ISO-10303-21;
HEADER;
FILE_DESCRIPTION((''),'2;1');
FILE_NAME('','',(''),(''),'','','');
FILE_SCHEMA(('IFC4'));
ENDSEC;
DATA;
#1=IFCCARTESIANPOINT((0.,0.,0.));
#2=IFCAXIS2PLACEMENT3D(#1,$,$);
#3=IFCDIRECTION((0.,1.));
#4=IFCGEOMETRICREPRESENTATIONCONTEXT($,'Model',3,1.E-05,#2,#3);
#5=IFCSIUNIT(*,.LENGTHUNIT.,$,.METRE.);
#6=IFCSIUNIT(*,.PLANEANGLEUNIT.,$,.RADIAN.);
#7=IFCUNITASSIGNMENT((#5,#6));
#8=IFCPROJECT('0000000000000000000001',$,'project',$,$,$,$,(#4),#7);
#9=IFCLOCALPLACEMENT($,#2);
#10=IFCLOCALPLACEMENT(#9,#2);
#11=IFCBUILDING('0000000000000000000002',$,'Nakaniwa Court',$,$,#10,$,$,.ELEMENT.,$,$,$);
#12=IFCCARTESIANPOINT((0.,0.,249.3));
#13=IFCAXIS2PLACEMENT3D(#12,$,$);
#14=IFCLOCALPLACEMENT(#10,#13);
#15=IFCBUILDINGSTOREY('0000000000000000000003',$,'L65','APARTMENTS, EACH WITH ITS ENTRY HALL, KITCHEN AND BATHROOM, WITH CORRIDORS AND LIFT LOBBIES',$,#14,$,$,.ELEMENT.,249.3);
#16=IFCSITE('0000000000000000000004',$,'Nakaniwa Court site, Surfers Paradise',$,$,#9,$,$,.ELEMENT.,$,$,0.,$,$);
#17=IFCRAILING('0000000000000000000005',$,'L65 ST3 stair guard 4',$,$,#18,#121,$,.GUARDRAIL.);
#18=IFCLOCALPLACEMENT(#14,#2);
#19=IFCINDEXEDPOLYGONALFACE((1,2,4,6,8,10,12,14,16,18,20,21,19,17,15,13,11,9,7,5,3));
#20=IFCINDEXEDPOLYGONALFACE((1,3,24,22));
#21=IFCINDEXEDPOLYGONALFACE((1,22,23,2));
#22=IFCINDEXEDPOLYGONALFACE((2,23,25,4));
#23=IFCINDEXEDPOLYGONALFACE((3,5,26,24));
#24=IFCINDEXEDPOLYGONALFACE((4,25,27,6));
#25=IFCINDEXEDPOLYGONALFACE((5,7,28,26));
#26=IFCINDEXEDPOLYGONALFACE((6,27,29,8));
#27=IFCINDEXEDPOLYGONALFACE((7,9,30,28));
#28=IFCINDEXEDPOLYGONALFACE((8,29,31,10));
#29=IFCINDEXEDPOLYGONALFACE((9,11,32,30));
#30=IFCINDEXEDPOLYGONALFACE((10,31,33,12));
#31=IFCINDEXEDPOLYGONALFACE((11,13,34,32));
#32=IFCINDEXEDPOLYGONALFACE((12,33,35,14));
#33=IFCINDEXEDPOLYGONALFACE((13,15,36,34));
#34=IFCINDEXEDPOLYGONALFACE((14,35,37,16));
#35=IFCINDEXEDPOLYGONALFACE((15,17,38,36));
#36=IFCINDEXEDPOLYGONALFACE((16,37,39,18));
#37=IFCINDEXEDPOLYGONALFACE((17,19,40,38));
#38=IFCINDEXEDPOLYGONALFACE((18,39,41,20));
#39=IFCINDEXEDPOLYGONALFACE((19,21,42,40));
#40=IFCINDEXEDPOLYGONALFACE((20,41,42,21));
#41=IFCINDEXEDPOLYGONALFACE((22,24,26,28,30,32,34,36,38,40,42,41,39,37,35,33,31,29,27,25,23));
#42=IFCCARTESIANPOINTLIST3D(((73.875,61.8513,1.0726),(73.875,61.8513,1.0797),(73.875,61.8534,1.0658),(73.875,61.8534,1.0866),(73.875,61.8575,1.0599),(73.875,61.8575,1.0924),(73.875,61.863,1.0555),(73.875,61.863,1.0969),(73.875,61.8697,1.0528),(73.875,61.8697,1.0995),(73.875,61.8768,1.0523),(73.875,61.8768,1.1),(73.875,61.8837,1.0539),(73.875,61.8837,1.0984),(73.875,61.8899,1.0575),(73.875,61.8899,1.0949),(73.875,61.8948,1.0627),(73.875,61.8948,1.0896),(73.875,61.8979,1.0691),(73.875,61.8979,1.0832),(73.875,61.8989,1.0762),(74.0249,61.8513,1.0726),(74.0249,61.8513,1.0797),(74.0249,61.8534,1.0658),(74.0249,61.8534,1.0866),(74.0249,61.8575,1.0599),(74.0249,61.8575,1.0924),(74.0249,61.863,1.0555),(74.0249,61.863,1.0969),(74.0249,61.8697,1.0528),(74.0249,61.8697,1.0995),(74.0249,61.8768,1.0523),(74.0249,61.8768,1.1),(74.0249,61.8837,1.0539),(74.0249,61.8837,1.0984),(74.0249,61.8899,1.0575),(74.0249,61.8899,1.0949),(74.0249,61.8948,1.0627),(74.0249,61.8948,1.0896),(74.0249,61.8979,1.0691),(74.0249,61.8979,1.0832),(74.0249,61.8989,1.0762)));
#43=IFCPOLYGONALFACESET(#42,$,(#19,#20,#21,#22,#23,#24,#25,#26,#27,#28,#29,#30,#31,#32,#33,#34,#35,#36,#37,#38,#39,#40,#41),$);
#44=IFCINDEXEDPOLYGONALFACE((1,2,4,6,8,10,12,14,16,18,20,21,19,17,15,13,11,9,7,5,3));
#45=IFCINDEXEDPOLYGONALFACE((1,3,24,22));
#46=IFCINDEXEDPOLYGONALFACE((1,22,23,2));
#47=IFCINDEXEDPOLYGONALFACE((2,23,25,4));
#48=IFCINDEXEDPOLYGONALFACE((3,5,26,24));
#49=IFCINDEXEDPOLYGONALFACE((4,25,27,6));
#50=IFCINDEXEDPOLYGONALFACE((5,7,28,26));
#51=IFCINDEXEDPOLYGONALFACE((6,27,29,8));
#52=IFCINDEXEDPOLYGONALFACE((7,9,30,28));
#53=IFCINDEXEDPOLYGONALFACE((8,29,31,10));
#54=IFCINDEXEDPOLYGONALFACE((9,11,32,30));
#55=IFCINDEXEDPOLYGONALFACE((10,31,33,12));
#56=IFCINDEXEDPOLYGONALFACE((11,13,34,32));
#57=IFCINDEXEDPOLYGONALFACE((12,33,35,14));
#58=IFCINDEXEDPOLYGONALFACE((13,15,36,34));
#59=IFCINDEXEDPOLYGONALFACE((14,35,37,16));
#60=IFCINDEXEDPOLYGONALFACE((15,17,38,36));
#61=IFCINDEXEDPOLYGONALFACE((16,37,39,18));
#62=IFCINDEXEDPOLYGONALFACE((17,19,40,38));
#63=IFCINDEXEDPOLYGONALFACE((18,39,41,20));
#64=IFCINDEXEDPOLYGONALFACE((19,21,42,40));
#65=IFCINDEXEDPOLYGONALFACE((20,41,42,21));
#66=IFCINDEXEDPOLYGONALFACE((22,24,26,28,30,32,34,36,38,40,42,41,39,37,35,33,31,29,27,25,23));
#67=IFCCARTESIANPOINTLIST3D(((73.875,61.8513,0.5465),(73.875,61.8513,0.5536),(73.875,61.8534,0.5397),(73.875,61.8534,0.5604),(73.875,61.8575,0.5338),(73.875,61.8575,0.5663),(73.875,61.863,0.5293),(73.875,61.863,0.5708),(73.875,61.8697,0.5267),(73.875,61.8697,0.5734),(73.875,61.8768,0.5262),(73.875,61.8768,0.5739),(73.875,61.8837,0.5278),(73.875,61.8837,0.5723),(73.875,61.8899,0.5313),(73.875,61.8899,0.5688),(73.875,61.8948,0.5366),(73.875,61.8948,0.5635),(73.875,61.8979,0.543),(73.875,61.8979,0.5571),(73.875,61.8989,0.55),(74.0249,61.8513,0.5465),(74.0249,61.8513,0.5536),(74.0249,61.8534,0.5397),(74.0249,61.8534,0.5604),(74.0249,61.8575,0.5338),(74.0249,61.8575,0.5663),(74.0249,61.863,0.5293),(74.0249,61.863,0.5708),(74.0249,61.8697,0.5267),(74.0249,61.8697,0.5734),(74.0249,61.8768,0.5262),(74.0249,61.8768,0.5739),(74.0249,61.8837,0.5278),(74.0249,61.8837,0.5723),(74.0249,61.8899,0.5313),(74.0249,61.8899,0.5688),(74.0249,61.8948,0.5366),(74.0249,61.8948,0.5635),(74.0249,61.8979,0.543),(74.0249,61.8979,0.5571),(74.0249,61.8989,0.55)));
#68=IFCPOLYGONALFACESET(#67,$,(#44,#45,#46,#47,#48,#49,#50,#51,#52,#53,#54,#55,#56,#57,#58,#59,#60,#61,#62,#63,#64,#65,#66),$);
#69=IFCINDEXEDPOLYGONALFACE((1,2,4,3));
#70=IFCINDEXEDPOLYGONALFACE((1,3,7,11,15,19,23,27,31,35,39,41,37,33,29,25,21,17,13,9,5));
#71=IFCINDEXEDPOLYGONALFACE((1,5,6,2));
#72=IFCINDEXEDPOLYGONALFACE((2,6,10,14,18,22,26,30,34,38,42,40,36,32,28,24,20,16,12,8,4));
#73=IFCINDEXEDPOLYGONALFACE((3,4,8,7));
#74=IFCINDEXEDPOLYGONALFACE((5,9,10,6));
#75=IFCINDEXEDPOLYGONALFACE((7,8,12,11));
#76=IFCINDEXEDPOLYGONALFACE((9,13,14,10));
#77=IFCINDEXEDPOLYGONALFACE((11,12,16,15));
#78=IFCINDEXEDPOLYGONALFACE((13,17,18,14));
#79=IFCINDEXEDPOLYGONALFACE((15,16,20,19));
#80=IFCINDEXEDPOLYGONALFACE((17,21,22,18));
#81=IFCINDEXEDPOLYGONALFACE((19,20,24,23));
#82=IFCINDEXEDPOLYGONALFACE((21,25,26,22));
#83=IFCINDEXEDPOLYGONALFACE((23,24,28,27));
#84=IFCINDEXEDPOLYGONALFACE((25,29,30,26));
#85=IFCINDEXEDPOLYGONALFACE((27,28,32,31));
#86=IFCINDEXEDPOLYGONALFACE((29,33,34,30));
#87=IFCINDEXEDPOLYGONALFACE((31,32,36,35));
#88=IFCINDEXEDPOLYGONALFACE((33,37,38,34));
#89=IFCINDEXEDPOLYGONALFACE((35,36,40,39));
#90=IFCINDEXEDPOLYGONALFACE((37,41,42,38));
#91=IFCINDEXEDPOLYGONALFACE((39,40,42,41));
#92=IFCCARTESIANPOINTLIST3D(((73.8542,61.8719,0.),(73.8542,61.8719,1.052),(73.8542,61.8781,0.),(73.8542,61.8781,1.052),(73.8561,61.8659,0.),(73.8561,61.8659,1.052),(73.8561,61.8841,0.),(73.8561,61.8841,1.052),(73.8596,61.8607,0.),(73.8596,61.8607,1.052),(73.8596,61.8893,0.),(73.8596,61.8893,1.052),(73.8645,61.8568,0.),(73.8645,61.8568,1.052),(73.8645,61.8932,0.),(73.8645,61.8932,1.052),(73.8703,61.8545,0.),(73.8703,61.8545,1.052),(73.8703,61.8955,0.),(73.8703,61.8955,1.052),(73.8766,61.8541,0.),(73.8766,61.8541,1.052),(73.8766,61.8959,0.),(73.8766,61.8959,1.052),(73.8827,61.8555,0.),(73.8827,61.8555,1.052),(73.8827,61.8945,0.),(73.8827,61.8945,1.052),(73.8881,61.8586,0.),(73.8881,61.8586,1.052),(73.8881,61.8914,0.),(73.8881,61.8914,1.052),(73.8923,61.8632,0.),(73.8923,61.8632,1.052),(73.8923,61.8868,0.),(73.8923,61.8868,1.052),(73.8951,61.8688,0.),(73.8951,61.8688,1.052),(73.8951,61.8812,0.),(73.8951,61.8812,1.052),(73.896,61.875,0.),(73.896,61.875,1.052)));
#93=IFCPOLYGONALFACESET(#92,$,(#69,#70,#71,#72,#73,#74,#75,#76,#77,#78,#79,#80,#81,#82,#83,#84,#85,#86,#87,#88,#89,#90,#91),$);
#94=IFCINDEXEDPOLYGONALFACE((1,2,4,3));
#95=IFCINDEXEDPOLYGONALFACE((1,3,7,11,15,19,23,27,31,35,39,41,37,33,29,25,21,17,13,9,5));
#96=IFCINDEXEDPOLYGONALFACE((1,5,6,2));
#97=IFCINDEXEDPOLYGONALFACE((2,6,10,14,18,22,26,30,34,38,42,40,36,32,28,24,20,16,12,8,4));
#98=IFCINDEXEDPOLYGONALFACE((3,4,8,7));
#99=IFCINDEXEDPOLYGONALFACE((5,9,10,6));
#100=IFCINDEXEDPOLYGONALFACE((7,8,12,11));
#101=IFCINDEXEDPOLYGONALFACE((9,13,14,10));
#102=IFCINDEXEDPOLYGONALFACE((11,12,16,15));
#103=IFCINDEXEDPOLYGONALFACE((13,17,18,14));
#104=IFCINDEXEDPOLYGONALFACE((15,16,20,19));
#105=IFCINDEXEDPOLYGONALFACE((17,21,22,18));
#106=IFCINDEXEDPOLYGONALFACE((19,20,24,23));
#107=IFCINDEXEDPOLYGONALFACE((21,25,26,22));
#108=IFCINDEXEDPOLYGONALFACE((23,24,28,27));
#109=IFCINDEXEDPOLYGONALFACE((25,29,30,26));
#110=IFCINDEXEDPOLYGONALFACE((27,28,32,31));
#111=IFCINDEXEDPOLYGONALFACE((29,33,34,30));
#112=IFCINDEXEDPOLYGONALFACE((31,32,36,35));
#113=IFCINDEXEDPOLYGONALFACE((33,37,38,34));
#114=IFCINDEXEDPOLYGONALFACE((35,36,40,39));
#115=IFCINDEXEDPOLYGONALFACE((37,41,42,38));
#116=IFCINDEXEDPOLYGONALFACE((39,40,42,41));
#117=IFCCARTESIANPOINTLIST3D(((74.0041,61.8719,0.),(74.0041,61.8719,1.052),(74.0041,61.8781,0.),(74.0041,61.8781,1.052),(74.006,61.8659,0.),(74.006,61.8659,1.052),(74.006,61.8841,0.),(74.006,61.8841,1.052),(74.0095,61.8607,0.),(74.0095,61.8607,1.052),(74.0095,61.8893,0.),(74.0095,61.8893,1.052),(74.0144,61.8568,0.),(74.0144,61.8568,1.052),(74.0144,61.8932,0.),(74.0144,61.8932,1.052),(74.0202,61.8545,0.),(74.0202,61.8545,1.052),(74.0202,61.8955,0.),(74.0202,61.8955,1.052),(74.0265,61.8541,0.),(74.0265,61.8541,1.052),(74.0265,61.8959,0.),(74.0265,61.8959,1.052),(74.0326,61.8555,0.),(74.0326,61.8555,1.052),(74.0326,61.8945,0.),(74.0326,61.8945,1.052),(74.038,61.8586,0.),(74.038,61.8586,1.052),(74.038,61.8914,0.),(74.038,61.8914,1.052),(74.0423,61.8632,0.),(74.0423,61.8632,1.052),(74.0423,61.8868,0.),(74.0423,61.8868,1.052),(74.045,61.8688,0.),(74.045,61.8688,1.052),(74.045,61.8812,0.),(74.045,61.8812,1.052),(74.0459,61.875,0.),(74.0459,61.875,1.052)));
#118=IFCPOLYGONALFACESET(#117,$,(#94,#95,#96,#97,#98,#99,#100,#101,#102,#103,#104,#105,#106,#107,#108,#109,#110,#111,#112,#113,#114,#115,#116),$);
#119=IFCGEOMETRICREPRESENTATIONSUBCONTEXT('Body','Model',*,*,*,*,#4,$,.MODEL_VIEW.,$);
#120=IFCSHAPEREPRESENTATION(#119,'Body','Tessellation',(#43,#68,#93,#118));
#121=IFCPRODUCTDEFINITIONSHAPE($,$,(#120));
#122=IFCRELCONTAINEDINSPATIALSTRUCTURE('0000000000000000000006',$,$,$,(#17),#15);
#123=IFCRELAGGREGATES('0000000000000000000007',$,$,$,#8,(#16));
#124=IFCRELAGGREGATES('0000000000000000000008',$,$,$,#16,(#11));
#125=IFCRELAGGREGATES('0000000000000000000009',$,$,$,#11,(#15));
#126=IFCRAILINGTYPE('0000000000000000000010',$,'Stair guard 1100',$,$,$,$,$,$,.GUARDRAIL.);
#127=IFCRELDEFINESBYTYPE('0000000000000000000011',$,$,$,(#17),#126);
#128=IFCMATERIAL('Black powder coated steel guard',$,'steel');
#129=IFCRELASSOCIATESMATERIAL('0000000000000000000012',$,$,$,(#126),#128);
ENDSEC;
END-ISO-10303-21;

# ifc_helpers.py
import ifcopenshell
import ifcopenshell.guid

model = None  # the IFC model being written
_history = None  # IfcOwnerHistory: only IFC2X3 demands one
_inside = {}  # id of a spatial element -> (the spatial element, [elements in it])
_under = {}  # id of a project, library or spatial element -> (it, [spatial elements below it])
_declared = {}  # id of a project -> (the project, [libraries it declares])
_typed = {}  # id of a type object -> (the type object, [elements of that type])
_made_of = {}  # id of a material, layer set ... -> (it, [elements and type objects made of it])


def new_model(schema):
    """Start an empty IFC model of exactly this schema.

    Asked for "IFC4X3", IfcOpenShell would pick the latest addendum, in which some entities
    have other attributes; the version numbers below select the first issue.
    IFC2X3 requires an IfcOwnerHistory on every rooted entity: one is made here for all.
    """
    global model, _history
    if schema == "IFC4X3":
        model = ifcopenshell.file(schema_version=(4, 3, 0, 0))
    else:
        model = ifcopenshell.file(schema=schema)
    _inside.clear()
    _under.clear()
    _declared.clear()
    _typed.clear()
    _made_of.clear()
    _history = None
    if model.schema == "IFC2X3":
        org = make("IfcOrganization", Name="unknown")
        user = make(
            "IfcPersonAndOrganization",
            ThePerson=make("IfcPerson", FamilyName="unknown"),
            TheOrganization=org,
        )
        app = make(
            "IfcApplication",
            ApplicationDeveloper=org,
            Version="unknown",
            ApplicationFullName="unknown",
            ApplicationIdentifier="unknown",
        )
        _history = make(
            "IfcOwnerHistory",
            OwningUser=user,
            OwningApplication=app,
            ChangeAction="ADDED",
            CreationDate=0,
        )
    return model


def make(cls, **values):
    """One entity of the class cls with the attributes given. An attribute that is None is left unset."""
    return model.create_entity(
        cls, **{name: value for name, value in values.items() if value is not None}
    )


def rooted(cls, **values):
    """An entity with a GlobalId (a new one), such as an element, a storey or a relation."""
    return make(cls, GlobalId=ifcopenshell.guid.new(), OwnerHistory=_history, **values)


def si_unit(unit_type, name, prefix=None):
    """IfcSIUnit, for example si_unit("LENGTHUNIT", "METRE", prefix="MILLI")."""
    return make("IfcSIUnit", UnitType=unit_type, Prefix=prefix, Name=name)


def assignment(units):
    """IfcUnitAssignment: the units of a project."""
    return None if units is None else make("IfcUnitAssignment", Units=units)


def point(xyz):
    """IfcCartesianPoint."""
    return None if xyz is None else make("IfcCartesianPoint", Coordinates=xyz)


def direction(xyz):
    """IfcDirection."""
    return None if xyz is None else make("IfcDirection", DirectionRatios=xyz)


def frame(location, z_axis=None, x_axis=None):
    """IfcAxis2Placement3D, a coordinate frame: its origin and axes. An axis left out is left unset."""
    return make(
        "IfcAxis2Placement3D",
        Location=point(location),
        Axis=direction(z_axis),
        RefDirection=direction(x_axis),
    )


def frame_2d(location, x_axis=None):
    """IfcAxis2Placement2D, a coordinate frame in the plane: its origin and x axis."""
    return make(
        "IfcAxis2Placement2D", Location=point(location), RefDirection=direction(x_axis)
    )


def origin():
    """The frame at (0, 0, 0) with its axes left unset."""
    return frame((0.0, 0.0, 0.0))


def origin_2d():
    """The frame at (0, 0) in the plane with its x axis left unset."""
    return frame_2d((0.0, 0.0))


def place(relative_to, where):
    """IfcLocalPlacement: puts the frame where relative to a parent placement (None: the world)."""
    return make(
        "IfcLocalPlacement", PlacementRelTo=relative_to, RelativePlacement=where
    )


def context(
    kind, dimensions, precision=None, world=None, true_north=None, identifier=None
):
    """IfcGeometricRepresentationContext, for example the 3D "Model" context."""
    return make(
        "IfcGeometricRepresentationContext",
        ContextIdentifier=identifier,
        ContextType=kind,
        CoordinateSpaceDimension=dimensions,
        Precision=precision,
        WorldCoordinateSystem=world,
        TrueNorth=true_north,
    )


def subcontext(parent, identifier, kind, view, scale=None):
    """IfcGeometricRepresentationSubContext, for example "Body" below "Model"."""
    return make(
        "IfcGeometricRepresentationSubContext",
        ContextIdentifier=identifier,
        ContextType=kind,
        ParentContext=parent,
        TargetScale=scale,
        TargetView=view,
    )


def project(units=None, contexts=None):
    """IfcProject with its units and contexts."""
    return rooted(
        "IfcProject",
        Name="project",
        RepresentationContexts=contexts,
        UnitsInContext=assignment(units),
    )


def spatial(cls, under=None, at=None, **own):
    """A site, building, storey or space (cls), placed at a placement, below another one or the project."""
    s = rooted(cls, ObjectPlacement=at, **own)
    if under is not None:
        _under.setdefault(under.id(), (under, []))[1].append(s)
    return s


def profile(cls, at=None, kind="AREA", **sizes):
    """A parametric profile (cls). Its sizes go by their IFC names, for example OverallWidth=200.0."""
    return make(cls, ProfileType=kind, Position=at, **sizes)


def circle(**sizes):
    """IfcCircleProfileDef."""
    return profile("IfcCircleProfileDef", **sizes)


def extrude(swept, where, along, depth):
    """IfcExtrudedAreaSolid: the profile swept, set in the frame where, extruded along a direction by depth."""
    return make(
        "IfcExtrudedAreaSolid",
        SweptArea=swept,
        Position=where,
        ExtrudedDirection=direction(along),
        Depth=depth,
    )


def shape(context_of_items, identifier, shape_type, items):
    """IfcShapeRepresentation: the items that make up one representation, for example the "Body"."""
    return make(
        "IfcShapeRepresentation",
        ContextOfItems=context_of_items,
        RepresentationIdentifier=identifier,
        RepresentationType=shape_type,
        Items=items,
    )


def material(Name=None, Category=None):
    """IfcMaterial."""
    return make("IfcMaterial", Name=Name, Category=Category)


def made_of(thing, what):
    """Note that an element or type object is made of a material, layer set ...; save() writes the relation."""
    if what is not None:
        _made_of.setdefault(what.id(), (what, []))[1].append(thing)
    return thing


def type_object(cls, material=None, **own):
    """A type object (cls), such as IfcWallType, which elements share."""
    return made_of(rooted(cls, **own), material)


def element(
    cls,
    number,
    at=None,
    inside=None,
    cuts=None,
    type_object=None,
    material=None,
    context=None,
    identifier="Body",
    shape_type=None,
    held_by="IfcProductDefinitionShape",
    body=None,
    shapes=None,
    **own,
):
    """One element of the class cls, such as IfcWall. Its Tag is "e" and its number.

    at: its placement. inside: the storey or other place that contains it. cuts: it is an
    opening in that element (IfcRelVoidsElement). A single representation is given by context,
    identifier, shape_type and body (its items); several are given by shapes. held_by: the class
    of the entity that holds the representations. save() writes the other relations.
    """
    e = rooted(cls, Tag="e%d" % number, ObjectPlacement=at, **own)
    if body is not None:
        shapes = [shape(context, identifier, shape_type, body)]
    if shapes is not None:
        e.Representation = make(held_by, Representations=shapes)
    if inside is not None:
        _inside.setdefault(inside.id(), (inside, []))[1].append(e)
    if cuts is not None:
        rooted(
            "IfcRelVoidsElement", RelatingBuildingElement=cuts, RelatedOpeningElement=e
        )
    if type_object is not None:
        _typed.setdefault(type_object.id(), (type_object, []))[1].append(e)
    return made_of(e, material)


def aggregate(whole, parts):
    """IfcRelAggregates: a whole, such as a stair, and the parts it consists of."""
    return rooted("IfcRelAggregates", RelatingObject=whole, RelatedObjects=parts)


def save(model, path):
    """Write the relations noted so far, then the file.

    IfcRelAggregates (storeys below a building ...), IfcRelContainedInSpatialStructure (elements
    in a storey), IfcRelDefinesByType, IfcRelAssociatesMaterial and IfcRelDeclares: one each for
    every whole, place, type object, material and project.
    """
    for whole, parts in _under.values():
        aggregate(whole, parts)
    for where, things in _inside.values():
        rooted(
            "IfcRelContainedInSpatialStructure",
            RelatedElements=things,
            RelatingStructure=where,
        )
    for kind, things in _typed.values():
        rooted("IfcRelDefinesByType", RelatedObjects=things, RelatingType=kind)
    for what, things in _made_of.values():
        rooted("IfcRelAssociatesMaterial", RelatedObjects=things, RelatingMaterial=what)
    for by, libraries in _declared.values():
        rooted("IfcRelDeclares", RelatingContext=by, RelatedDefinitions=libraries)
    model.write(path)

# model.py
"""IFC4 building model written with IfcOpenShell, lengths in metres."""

from ifc_helpers import new_model, si_unit, direction, frame, origin, origin_2d, place, context, subcontext, project, spatial, circle, extrude, material, type_object, element, save


model = new_model("IFC4")

# Units and contexts
model_context = context("Model", 3, precision=1e-05, world=origin(), true_north=direction((0.0, 1.0)))
body_context = subcontext(model_context, "Body", "Model", "MODEL_VIEW")
ifc_project = project(units=[si_unit("LENGTHUNIT", "METRE"), si_unit("PLANEANGLEUNIT", "RADIAN")], contexts=[model_context])

# Site, building, storey
site_placement = place(None, origin())
site = spatial("IfcSite", under=ifc_project, at=site_placement, Name="Nakaniwa Court site, Surfers Paradise", CompositionType="ELEMENT", RefElevation=0.0)
building_placement = place(site_placement, origin())
building = spatial("IfcBuilding", under=site, at=building_placement, Name="Nakaniwa Court", CompositionType="ELEMENT")
storey_placement = place(building_placement, frame((0.0, 0.0, 249.3)))
storey = spatial("IfcBuildingStorey", under=building, at=storey_placement, Name="L65", Description="APARTMENTS, EACH WITH ITS ENTRY HALL, KITCHEN AND BATHROOM, WITH CORRIDORS AND LIFT LOBBIES", CompositionType="ELEMENT", Elevation=249.3)

# Railing
ifc_material_1 = material(Name="Black powder coated steel guard", Category="steel")
railing_type_1 = type_object("IfcRailingType", Name="Stair guard 1100", PredefinedType="GUARDRAIL", material=ifc_material_1)
railing_1_placement = place(storey_placement, frame((73.875, 61.875, 0.0)))
element("IfcRailing", 1, at=railing_1_placement, inside=storey, type_object=railing_type_1, Name="L65 ST3 stair guard 4", PredefinedType="GUARDRAIL", context=body_context, shape_type="SweptSolid", body=[
    extrude(circle(Radius=0.0239, at=origin_2d()), frame((0.0, 0.0, 1.0762), z_axis=(1.0, 0.0, 0.0), x_axis=(0.0, 1.0, 0.0)), (0.0, 0.0, 1.0), 0.1499),
    extrude(circle(Radius=0.0239, at=origin_2d()), frame((0.0, 0.0, 0.55), z_axis=(1.0, 0.0, 0.0), x_axis=(0.0, 1.0, 0.0)), (0.0, 0.0, 1.0), 0.1499),
    extrude(circle(Radius=0.021, at=origin_2d()), origin(), (0.0, 0.0, 1.0), 1.052),
    extrude(circle(Radius=0.021, at=origin_2d()), frame((0.1499, 0.0, 0.0)), (0.0, 0.0, 1.0), 1.052),
])

save(model, "model.ifc")
